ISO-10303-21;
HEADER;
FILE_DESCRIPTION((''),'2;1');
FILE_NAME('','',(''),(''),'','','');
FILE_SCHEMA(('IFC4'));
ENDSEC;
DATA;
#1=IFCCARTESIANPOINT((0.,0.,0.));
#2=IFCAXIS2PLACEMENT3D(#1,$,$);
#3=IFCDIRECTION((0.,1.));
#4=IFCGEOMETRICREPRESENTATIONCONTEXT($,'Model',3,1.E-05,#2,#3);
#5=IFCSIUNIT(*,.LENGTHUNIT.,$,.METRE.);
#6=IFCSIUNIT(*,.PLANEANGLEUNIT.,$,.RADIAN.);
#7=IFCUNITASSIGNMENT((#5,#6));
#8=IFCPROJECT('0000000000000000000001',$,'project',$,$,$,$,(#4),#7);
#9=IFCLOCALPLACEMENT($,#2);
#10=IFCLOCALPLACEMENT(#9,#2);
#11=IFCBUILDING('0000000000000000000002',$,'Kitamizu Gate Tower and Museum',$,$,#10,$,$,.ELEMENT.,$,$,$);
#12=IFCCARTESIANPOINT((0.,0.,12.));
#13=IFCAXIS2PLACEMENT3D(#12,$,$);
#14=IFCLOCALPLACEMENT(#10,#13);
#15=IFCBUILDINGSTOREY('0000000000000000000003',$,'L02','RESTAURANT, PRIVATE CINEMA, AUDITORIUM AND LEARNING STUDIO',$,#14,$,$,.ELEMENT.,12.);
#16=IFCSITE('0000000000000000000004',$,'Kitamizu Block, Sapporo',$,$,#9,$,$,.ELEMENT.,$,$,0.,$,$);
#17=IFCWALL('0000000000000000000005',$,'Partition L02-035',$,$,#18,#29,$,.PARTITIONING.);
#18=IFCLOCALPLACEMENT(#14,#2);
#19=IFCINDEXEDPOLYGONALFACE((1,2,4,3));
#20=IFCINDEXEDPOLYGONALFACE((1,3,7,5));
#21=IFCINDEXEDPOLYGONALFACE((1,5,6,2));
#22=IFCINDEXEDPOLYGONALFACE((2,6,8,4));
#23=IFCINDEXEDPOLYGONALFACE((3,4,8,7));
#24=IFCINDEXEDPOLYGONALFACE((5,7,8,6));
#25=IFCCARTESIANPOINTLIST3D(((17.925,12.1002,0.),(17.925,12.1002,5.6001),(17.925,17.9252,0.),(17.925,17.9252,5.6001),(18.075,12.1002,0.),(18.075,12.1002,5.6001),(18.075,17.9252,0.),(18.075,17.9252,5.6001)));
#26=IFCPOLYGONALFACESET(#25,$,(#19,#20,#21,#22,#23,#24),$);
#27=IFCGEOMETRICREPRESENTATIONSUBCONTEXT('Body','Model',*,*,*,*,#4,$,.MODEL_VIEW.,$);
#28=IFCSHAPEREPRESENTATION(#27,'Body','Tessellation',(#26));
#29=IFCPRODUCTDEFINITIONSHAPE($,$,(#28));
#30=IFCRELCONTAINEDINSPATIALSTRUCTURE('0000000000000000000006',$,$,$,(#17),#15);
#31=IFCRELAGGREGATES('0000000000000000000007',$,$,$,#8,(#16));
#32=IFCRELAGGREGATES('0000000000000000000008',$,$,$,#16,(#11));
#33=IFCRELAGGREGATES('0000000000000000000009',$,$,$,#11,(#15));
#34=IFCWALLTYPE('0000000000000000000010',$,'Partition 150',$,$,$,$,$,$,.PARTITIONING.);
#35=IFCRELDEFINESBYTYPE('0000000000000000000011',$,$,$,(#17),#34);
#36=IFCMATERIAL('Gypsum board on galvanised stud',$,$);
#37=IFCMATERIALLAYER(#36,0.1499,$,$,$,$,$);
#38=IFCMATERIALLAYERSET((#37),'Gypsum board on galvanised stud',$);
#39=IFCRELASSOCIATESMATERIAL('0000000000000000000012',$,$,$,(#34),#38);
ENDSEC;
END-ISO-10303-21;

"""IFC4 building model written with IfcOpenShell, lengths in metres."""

from ifc_helpers import new_model, si_unit, direction, frame, frame_2d, origin, place, context, subcontext, project, spatial, rectangle, extrude, material, layer, layer_set, type_object, element, save


model = new_model("IFC4")

# Units and contexts
model_context = context("Model", 3, precision=1e-05, world=origin(), true_north=direction((0.0, 1.0)))
body_context = subcontext(model_context, "Body", "Model", "MODEL_VIEW")
ifc_project = project(units=[si_unit("LENGTHUNIT", "METRE"), si_unit("PLANEANGLEUNIT", "RADIAN")], contexts=[model_context])

# Site, building, storey
site_placement = place(None, origin())
site = spatial("IfcSite", under=ifc_project, at=site_placement, Name="Kitamizu Block, Sapporo", CompositionType="ELEMENT", RefElevation=0.0)
building_placement = place(site_placement, origin())
building = spatial("IfcBuilding", under=site, at=building_placement, Name="Kitamizu Gate Tower and Museum", CompositionType="ELEMENT")
storey_placement = place(building_placement, frame((0.0, 0.0, 12.0)))
storey = spatial("IfcBuildingStorey", under=building, at=storey_placement, Name="L02", Description="RESTAURANT, PRIVATE CINEMA, AUDITORIUM AND LEARNING STUDIO", CompositionType="ELEMENT", Elevation=12.0)

# Wall
ifc_material_1 = material(Name="Gypsum board on galvanised stud")
ifc_layer_1 = layer(ifc_material_1, 0.1499)
ifc_layer_set_1 = layer_set([ifc_layer_1], Name="Gypsum board on galvanised stud")
wall_type = type_object("IfcWallType", Name="Partition 150", PredefinedType="PARTITIONING", material=ifc_layer_set_1)
wall_1_placement = place(storey_placement, frame((18.0, 12.1001, 0.0), z_axis=(0.0, 0.0, 1.0), x_axis=(0.0, 1.0, 0.0)))
element("IfcWall", 1, at=wall_1_placement, inside=storey, type_object=wall_type, Name="Partition L02-035", PredefinedType="PARTITIONING", context=body_context, shape_type="SweptSolid", body=[
    extrude(rectangle(XDim=5.825, YDim=0.1499, at=frame_2d((2.9126, 0.0))), origin(), (0.0, 0.0, 1.0), 5.6001),
])

save(model, "model.ifc")
